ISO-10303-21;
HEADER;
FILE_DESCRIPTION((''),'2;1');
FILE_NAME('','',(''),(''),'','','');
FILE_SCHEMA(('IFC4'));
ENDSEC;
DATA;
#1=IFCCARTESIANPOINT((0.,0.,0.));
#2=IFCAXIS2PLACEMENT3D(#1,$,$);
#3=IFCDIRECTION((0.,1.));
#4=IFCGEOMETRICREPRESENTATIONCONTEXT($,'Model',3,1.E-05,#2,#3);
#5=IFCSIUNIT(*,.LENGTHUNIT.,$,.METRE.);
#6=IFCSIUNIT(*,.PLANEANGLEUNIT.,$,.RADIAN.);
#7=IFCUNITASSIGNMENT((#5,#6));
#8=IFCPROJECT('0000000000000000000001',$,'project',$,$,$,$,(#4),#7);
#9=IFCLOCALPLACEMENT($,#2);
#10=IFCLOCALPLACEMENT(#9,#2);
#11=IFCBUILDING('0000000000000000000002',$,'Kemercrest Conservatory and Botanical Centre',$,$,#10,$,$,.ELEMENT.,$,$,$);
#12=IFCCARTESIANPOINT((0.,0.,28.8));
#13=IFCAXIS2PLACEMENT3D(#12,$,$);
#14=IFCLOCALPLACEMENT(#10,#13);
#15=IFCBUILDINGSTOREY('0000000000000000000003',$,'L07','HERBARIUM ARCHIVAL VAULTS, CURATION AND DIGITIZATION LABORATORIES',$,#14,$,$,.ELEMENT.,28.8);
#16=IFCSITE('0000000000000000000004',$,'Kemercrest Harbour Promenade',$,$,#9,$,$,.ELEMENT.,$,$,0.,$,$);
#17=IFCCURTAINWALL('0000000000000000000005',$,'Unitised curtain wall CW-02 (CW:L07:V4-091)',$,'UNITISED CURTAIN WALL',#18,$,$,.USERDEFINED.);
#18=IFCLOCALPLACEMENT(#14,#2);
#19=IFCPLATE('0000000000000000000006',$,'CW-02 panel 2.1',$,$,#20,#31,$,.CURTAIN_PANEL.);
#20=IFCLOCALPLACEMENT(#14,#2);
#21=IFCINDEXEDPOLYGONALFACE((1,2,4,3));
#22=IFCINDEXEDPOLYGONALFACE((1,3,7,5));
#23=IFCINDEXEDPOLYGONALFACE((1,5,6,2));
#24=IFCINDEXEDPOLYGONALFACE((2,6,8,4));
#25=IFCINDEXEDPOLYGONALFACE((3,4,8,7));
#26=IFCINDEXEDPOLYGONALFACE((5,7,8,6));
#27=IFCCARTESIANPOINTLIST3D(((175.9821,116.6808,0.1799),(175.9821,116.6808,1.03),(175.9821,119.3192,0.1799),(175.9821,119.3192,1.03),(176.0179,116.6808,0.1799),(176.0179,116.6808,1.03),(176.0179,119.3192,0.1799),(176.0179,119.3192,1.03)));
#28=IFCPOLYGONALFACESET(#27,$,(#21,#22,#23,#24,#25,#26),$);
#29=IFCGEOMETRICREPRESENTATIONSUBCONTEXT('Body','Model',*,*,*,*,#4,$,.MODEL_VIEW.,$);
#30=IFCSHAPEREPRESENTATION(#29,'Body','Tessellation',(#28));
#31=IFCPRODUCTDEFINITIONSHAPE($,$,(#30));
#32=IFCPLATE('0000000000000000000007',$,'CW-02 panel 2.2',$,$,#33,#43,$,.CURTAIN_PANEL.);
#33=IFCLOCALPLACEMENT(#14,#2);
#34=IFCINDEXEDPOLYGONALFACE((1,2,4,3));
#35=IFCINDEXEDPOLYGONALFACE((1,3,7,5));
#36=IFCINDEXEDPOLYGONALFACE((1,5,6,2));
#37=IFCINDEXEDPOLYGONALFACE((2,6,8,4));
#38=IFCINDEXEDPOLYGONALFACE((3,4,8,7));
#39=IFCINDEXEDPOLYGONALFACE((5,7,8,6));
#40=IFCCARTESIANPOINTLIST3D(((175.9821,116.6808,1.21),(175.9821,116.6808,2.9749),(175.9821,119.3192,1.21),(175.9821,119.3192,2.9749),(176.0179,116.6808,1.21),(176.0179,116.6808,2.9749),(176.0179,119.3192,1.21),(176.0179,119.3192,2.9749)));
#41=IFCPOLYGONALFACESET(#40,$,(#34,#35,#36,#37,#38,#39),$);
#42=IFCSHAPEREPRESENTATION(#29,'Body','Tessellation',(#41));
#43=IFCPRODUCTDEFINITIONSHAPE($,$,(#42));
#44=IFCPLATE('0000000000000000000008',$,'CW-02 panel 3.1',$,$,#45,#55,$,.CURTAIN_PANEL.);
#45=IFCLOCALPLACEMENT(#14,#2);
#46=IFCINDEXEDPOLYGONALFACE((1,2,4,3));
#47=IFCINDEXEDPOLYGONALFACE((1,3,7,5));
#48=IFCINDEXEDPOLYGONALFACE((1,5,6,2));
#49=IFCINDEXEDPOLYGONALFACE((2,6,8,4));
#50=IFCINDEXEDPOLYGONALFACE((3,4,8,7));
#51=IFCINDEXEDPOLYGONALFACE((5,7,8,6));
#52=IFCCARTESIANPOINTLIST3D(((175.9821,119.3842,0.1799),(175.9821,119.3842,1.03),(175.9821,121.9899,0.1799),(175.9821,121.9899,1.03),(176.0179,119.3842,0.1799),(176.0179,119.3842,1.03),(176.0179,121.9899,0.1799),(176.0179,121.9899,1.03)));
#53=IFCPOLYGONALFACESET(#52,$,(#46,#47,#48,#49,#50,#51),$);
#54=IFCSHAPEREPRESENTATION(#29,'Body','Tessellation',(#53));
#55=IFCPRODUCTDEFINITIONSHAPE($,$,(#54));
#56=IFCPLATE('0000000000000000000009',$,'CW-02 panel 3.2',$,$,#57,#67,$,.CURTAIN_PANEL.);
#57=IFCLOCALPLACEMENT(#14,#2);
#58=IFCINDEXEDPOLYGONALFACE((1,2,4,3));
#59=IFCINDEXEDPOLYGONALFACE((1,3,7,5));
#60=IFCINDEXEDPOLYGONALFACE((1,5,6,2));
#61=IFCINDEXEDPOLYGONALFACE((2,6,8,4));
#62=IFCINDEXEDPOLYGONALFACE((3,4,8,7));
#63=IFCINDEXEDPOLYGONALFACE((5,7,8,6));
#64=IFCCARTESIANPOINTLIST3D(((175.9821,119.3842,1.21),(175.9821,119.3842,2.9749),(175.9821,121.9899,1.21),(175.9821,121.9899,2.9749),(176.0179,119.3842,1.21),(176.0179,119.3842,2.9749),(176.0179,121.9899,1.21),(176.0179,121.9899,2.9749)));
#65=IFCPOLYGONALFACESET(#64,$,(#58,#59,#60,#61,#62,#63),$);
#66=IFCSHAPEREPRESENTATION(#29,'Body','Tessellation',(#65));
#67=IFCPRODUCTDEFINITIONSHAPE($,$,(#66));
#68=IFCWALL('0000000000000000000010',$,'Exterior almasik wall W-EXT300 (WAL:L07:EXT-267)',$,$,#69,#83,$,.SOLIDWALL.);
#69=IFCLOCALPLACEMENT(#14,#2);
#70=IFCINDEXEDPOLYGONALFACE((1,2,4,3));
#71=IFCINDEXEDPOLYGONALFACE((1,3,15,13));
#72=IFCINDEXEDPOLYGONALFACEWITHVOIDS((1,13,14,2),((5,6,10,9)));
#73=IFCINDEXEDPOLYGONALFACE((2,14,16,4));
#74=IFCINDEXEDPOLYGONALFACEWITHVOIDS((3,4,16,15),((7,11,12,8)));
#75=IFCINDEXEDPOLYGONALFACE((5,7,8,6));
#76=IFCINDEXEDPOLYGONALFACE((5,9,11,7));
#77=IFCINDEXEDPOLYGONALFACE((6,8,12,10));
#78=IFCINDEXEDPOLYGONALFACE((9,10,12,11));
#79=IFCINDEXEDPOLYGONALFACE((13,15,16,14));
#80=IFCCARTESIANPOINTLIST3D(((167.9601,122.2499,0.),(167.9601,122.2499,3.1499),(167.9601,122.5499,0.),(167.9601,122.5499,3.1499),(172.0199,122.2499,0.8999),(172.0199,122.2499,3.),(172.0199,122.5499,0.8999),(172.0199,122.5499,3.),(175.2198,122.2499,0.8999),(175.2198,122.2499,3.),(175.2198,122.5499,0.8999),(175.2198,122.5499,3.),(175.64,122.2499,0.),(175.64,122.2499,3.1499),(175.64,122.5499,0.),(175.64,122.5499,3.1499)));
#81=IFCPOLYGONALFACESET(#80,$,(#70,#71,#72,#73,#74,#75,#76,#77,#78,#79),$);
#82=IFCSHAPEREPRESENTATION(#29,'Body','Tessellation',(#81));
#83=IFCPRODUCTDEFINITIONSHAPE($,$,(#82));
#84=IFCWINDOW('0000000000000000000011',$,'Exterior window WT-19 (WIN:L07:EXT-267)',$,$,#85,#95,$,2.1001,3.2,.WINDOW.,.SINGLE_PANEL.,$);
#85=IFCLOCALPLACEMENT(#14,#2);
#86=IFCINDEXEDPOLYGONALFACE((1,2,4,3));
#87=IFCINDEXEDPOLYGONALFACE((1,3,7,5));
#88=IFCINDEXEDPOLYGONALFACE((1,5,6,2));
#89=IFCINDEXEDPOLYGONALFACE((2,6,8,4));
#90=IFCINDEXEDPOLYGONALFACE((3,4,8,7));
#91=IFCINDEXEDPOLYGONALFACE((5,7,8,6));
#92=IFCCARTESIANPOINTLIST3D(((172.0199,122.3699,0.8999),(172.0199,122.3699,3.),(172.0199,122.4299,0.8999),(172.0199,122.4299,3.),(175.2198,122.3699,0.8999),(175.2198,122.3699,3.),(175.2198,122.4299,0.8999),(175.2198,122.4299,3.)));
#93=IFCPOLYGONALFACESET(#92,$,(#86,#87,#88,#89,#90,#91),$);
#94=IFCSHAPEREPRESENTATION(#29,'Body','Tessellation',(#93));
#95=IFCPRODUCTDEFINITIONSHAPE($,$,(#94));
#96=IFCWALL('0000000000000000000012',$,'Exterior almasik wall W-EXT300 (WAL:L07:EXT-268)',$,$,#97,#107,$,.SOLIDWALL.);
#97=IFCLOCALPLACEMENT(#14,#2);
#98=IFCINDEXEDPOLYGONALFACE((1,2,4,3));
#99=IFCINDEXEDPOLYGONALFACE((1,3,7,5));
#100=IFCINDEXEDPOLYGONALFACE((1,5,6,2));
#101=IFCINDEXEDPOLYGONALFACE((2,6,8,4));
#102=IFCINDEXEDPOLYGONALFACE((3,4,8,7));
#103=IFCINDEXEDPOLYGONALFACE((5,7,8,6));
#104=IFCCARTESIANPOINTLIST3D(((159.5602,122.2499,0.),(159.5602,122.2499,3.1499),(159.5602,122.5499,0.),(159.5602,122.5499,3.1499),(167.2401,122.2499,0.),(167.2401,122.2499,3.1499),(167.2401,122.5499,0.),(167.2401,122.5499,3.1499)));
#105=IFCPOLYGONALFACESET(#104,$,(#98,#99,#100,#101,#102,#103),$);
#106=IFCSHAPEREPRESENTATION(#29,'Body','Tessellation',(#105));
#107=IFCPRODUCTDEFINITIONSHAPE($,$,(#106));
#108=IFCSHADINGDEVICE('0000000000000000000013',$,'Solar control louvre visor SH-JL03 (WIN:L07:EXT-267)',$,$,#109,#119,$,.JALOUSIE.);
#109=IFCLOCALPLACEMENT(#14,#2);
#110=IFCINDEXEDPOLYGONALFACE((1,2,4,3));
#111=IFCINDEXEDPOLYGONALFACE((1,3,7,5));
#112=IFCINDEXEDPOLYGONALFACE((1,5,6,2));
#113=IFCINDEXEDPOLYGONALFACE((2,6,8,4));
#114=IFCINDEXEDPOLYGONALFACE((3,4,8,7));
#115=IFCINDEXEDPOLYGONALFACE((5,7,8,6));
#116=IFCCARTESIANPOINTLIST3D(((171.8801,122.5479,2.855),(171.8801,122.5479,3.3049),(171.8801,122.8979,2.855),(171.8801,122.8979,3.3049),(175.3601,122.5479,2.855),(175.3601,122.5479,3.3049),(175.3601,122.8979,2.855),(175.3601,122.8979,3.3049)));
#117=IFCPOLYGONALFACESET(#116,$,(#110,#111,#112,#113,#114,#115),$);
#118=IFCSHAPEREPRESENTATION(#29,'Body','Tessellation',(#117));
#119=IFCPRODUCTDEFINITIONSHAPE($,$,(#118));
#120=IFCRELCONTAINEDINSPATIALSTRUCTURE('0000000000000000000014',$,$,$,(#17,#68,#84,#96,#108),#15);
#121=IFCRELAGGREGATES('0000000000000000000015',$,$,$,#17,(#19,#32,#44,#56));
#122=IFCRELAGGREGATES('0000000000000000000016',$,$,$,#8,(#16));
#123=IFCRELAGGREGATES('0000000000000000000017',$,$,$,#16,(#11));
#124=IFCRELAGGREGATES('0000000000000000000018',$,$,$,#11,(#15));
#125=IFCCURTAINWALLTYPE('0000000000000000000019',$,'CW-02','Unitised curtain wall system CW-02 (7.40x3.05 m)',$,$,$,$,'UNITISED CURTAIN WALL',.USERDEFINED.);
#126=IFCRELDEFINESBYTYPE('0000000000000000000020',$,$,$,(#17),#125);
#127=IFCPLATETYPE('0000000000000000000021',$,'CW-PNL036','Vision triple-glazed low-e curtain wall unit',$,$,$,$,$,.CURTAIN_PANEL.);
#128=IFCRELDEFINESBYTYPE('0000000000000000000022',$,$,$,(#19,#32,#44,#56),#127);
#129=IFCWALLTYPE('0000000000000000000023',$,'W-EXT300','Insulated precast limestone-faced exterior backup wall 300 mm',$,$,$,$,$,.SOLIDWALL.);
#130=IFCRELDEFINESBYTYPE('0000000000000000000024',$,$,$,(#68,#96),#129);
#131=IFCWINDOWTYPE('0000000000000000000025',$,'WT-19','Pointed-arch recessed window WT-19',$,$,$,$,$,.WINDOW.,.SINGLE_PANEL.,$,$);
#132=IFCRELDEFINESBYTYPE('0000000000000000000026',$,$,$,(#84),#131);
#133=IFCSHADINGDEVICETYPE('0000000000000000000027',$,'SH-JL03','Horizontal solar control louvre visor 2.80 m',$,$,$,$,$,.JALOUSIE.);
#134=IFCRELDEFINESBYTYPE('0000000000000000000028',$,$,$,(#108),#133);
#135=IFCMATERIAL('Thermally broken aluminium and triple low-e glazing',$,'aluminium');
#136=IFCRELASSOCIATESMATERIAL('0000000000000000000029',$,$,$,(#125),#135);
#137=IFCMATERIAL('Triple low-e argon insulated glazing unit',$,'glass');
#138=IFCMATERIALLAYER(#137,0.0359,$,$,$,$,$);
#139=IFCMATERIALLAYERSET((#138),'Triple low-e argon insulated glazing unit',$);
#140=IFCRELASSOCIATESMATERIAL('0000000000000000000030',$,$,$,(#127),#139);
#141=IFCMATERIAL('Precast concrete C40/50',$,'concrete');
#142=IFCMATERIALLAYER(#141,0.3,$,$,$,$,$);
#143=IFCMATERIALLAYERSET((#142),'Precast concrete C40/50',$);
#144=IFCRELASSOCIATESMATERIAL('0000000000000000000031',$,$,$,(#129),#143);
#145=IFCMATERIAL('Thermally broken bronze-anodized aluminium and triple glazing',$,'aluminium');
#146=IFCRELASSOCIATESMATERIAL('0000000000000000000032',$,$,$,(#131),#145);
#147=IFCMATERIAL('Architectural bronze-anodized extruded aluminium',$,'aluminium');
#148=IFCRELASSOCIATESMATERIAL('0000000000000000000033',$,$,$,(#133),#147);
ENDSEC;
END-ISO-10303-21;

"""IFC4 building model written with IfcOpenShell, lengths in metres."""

from ifc_helpers import new_model, si_unit, direction, frame, frame_2d, origin, origin_2d, place, context, subcontext, project, spatial, rectangle, extrude, material, layer, layer_set, type_object, element, fill, aggregate, save


model = new_model("IFC4")

# Units and contexts
model_context = context("Model", 3, precision=1e-05, world=origin(), true_north=direction((0.0, 1.0)))
body_context = subcontext(model_context, "Body", "Model", "MODEL_VIEW")
ifc_project = project(units=[si_unit("LENGTHUNIT", "METRE"), si_unit("PLANEANGLEUNIT", "RADIAN")], contexts=[model_context])

# Site, building, storey
site_placement = place(None, origin())
site = spatial("IfcSite", under=ifc_project, at=site_placement, Name="Kemercrest Harbour Promenade", CompositionType="ELEMENT", RefElevation=0.0)
building_placement = place(site_placement, origin())
building = spatial("IfcBuilding", under=site, at=building_placement, Name="Kemercrest Conservatory and Botanical Centre", CompositionType="ELEMENT")
storey_placement = place(building_placement, frame((0.0, 0.0, 28.8)))
storey = spatial("IfcBuildingStorey", under=building, at=storey_placement, Name="L07", Description="HERBARIUM ARCHIVAL VAULTS, CURATION AND DIGITIZATION LABORATORIES", CompositionType="ELEMENT", Elevation=28.8)

# Curtain wall
ifc_material_1 = material(Name="Thermally broken aluminium and triple low-e glazing", Category="aluminium")
curtain_wall_type = type_object("IfcCurtainWallType", Name="CW-02", Description="Unitised curtain wall system CW-02 (7.40x3.05 m)", ElementType="UNITISED CURTAIN WALL", PredefinedType="USERDEFINED", material=ifc_material_1)
curtain_wall_placement = place(storey_placement, origin())
curtain_wall = element("IfcCurtainWall", 1, at=curtain_wall_placement, inside=storey, type_object=curtain_wall_type, Name="Unitised curtain wall CW-02 (CW:L07:V4-091)", ObjectType="UNITISED CURTAIN WALL", PredefinedType="USERDEFINED")

# Plates
ifc_material_2 = material(Name="Triple low-e argon insulated glazing unit", Category="glass")
ifc_layer_1 = layer(ifc_material_2, 0.0359)
ifc_layer_set_1 = layer_set([ifc_layer_1], Name="Triple low-e argon insulated glazing unit")
plate_type = type_object("IfcPlateType", Name="CW-PNL036", Description="Vision triple-glazed low-e curtain wall unit", PredefinedType="CURTAIN_PANEL", material=ifc_layer_set_1)
plate_1_placement = place(storey_placement, frame((176.0, 118.0, 0.1799), z_axis=(0.0, 0.0, 1.0), x_axis=(0.0, 1.0, 0.0)))
plate_1 = element("IfcPlate", 2, at=plate_1_placement, type_object=plate_type, Name="CW-02 panel 2.1", PredefinedType="CURTAIN_PANEL", context=body_context, shape_type="SweptSolid", body=[
    extrude(rectangle(XDim=2.6384, YDim=0.0359, at=origin_2d()), origin(), (0.0, 0.0, 1.0), 0.8501),
])
plate_2_placement = place(storey_placement, frame((176.0, 118.0, 1.21), z_axis=(0.0, 0.0, 1.0), x_axis=(0.0, 1.0, 0.0)))
plate_2 = element("IfcPlate", 3, at=plate_2_placement, type_object=plate_type, Name="CW-02 panel 2.2", PredefinedType="CURTAIN_PANEL", context=body_context, shape_type="SweptSolid", body=[
    extrude(rectangle(XDim=2.6384, YDim=0.0359, at=origin_2d()), origin(), (0.0, 0.0, 1.0), 1.7649),
])
plate_3_placement = place(storey_placement, frame((176.0, 120.687, 0.1799), z_axis=(0.0, 0.0, 1.0), x_axis=(0.0, 1.0, 0.0)))
plate_3 = element("IfcPlate", 4, at=plate_3_placement, type_object=plate_type, Name="CW-02 panel 3.1", PredefinedType="CURTAIN_PANEL", context=body_context, shape_type="SweptSolid", body=[
    extrude(rectangle(XDim=2.6057, YDim=0.0359, at=origin_2d()), origin(), (0.0, 0.0, 1.0), 0.8501),
])
plate_4_placement = place(storey_placement, frame((176.0, 120.687, 1.21), z_axis=(0.0, 0.0, 1.0), x_axis=(0.0, 1.0, 0.0)))
plate_4 = element("IfcPlate", 5, at=plate_4_placement, type_object=plate_type, Name="CW-02 panel 3.2", PredefinedType="CURTAIN_PANEL", context=body_context, shape_type="SweptSolid", body=[
    extrude(rectangle(XDim=2.6057, YDim=0.0359, at=origin_2d()), origin(), (0.0, 0.0, 1.0), 1.7649),
])
aggregate(curtain_wall, [plate_1, plate_2, plate_3, plate_4])

# Wall, opening, window
ifc_material_3 = material(Name="Precast concrete C40/50", Category="concrete")
ifc_layer_2 = layer(ifc_material_3, 0.3)
ifc_layer_set_2 = layer_set([ifc_layer_2], Name="Precast concrete C40/50")
wall_type = type_object("IfcWallType", Name="W-EXT300", Description="Insulated precast limestone-faced exterior backup wall 300 mm", PredefinedType="SOLIDWALL", material=ifc_layer_set_2)
wall_1_placement = place(storey_placement, frame((175.6399, 122.3999, 0.0), z_axis=(0.0, 0.0, 1.0), x_axis=(-1.0, 0.0, 0.0)))
wall_1 = element("IfcWall", 6, at=wall_1_placement, inside=storey, type_object=wall_type, Name="Exterior almasik wall W-EXT300 (WAL:L07:EXT-267)", PredefinedType="SOLIDWALL", context=body_context, shape_type="SweptSolid", body=[
    extrude(rectangle(XDim=7.6799, YDim=0.3, at=frame_2d((3.8398, 0.0))), origin(), (0.0, 0.0, 1.0), 3.1499),
])
opening_placement = place(wall_1_placement, frame((0.4199, 0.0, 0.8999)))
opening = element("IfcOpeningElement", 7, at=opening_placement, cuts=wall_1, PredefinedType="OPENING", context=body_context, shape_type="SweptSolid", body=[
    extrude(rectangle(XDim=3.2, YDim=2.1001, at=frame_2d((1.6001, 1.05))), frame((0.0, 0.1602, 0.0), z_axis=(0.0, -1.0, 0.0), x_axis=(1.0, 0.0, 0.0)), (0.0, 0.0, 1.0), 0.3201),
])
ifc_material_4 = material(Name="Thermally broken bronze-anodized aluminium and triple glazing", Category="aluminium")
window_type = type_object("IfcWindowType", Name="WT-19", Description="Pointed-arch recessed window WT-19", PartitioningType="SINGLE_PANEL", PredefinedType="WINDOW", material=ifc_material_4)
window_placement = place(opening_placement, origin())
window = element("IfcWindow", 8, at=window_placement, inside=storey, type_object=window_type, Name="Exterior window WT-19 (WIN:L07:EXT-267)", OverallHeight=2.1001, OverallWidth=3.2, PartitioningType="SINGLE_PANEL", PredefinedType="WINDOW", context=body_context, shape_type="SweptSolid", body=[
    extrude(rectangle(XDim=3.2, YDim=2.1001, at=frame_2d((1.6001, 1.05))), frame((0.0, 0.03, 0.0), z_axis=(0.0, -1.0, 0.0), x_axis=(1.0, 0.0, 0.0)), (0.0, 0.0, 1.0), 0.0601),
])
fill(opening, window)

# Wall
wall_2_placement = place(storey_placement, frame((167.24, 122.3999, 0.0), z_axis=(0.0, 0.0, 1.0), x_axis=(-1.0, 0.0, 0.0)))
element("IfcWall", 9, at=wall_2_placement, inside=storey, type_object=wall_type, Name="Exterior almasik wall W-EXT300 (WAL:L07:EXT-268)", PredefinedType="SOLIDWALL", context=body_context, shape_type="SweptSolid", body=[
    extrude(rectangle(XDim=7.6799, YDim=0.3, at=frame_2d((3.8398, 0.0))), origin(), (0.0, 0.0, 1.0), 3.1499),
])

# Shading device
ifc_material_5 = material(Name="Architectural bronze-anodized extruded aluminium", Category="aluminium")
shading_device_type = type_object("IfcShadingDeviceType", Name="SH-JL03", Description="Horizontal solar control louvre visor 2.80 m", PredefinedType="JALOUSIE", material=ifc_material_5)
shading_device_placement = place(storey_placement, frame((173.6201, 122.7229, 2.855), z_axis=(0.0, 0.0, 1.0), x_axis=(-1.0, 0.0, 0.0)))
element("IfcShadingDevice", 10, at=shading_device_placement, inside=storey, type_object=shading_device_type, Name="Solar control louvre visor SH-JL03 (WIN:L07:EXT-267)", PredefinedType="JALOUSIE", context=body_context, shape_type="SweptSolid", body=[
    extrude(rectangle(XDim=3.48, YDim=0.3501, at=origin_2d()), origin(), (0.0, 0.0, 1.0), 0.45),
])

save(model, "model.ifc")
